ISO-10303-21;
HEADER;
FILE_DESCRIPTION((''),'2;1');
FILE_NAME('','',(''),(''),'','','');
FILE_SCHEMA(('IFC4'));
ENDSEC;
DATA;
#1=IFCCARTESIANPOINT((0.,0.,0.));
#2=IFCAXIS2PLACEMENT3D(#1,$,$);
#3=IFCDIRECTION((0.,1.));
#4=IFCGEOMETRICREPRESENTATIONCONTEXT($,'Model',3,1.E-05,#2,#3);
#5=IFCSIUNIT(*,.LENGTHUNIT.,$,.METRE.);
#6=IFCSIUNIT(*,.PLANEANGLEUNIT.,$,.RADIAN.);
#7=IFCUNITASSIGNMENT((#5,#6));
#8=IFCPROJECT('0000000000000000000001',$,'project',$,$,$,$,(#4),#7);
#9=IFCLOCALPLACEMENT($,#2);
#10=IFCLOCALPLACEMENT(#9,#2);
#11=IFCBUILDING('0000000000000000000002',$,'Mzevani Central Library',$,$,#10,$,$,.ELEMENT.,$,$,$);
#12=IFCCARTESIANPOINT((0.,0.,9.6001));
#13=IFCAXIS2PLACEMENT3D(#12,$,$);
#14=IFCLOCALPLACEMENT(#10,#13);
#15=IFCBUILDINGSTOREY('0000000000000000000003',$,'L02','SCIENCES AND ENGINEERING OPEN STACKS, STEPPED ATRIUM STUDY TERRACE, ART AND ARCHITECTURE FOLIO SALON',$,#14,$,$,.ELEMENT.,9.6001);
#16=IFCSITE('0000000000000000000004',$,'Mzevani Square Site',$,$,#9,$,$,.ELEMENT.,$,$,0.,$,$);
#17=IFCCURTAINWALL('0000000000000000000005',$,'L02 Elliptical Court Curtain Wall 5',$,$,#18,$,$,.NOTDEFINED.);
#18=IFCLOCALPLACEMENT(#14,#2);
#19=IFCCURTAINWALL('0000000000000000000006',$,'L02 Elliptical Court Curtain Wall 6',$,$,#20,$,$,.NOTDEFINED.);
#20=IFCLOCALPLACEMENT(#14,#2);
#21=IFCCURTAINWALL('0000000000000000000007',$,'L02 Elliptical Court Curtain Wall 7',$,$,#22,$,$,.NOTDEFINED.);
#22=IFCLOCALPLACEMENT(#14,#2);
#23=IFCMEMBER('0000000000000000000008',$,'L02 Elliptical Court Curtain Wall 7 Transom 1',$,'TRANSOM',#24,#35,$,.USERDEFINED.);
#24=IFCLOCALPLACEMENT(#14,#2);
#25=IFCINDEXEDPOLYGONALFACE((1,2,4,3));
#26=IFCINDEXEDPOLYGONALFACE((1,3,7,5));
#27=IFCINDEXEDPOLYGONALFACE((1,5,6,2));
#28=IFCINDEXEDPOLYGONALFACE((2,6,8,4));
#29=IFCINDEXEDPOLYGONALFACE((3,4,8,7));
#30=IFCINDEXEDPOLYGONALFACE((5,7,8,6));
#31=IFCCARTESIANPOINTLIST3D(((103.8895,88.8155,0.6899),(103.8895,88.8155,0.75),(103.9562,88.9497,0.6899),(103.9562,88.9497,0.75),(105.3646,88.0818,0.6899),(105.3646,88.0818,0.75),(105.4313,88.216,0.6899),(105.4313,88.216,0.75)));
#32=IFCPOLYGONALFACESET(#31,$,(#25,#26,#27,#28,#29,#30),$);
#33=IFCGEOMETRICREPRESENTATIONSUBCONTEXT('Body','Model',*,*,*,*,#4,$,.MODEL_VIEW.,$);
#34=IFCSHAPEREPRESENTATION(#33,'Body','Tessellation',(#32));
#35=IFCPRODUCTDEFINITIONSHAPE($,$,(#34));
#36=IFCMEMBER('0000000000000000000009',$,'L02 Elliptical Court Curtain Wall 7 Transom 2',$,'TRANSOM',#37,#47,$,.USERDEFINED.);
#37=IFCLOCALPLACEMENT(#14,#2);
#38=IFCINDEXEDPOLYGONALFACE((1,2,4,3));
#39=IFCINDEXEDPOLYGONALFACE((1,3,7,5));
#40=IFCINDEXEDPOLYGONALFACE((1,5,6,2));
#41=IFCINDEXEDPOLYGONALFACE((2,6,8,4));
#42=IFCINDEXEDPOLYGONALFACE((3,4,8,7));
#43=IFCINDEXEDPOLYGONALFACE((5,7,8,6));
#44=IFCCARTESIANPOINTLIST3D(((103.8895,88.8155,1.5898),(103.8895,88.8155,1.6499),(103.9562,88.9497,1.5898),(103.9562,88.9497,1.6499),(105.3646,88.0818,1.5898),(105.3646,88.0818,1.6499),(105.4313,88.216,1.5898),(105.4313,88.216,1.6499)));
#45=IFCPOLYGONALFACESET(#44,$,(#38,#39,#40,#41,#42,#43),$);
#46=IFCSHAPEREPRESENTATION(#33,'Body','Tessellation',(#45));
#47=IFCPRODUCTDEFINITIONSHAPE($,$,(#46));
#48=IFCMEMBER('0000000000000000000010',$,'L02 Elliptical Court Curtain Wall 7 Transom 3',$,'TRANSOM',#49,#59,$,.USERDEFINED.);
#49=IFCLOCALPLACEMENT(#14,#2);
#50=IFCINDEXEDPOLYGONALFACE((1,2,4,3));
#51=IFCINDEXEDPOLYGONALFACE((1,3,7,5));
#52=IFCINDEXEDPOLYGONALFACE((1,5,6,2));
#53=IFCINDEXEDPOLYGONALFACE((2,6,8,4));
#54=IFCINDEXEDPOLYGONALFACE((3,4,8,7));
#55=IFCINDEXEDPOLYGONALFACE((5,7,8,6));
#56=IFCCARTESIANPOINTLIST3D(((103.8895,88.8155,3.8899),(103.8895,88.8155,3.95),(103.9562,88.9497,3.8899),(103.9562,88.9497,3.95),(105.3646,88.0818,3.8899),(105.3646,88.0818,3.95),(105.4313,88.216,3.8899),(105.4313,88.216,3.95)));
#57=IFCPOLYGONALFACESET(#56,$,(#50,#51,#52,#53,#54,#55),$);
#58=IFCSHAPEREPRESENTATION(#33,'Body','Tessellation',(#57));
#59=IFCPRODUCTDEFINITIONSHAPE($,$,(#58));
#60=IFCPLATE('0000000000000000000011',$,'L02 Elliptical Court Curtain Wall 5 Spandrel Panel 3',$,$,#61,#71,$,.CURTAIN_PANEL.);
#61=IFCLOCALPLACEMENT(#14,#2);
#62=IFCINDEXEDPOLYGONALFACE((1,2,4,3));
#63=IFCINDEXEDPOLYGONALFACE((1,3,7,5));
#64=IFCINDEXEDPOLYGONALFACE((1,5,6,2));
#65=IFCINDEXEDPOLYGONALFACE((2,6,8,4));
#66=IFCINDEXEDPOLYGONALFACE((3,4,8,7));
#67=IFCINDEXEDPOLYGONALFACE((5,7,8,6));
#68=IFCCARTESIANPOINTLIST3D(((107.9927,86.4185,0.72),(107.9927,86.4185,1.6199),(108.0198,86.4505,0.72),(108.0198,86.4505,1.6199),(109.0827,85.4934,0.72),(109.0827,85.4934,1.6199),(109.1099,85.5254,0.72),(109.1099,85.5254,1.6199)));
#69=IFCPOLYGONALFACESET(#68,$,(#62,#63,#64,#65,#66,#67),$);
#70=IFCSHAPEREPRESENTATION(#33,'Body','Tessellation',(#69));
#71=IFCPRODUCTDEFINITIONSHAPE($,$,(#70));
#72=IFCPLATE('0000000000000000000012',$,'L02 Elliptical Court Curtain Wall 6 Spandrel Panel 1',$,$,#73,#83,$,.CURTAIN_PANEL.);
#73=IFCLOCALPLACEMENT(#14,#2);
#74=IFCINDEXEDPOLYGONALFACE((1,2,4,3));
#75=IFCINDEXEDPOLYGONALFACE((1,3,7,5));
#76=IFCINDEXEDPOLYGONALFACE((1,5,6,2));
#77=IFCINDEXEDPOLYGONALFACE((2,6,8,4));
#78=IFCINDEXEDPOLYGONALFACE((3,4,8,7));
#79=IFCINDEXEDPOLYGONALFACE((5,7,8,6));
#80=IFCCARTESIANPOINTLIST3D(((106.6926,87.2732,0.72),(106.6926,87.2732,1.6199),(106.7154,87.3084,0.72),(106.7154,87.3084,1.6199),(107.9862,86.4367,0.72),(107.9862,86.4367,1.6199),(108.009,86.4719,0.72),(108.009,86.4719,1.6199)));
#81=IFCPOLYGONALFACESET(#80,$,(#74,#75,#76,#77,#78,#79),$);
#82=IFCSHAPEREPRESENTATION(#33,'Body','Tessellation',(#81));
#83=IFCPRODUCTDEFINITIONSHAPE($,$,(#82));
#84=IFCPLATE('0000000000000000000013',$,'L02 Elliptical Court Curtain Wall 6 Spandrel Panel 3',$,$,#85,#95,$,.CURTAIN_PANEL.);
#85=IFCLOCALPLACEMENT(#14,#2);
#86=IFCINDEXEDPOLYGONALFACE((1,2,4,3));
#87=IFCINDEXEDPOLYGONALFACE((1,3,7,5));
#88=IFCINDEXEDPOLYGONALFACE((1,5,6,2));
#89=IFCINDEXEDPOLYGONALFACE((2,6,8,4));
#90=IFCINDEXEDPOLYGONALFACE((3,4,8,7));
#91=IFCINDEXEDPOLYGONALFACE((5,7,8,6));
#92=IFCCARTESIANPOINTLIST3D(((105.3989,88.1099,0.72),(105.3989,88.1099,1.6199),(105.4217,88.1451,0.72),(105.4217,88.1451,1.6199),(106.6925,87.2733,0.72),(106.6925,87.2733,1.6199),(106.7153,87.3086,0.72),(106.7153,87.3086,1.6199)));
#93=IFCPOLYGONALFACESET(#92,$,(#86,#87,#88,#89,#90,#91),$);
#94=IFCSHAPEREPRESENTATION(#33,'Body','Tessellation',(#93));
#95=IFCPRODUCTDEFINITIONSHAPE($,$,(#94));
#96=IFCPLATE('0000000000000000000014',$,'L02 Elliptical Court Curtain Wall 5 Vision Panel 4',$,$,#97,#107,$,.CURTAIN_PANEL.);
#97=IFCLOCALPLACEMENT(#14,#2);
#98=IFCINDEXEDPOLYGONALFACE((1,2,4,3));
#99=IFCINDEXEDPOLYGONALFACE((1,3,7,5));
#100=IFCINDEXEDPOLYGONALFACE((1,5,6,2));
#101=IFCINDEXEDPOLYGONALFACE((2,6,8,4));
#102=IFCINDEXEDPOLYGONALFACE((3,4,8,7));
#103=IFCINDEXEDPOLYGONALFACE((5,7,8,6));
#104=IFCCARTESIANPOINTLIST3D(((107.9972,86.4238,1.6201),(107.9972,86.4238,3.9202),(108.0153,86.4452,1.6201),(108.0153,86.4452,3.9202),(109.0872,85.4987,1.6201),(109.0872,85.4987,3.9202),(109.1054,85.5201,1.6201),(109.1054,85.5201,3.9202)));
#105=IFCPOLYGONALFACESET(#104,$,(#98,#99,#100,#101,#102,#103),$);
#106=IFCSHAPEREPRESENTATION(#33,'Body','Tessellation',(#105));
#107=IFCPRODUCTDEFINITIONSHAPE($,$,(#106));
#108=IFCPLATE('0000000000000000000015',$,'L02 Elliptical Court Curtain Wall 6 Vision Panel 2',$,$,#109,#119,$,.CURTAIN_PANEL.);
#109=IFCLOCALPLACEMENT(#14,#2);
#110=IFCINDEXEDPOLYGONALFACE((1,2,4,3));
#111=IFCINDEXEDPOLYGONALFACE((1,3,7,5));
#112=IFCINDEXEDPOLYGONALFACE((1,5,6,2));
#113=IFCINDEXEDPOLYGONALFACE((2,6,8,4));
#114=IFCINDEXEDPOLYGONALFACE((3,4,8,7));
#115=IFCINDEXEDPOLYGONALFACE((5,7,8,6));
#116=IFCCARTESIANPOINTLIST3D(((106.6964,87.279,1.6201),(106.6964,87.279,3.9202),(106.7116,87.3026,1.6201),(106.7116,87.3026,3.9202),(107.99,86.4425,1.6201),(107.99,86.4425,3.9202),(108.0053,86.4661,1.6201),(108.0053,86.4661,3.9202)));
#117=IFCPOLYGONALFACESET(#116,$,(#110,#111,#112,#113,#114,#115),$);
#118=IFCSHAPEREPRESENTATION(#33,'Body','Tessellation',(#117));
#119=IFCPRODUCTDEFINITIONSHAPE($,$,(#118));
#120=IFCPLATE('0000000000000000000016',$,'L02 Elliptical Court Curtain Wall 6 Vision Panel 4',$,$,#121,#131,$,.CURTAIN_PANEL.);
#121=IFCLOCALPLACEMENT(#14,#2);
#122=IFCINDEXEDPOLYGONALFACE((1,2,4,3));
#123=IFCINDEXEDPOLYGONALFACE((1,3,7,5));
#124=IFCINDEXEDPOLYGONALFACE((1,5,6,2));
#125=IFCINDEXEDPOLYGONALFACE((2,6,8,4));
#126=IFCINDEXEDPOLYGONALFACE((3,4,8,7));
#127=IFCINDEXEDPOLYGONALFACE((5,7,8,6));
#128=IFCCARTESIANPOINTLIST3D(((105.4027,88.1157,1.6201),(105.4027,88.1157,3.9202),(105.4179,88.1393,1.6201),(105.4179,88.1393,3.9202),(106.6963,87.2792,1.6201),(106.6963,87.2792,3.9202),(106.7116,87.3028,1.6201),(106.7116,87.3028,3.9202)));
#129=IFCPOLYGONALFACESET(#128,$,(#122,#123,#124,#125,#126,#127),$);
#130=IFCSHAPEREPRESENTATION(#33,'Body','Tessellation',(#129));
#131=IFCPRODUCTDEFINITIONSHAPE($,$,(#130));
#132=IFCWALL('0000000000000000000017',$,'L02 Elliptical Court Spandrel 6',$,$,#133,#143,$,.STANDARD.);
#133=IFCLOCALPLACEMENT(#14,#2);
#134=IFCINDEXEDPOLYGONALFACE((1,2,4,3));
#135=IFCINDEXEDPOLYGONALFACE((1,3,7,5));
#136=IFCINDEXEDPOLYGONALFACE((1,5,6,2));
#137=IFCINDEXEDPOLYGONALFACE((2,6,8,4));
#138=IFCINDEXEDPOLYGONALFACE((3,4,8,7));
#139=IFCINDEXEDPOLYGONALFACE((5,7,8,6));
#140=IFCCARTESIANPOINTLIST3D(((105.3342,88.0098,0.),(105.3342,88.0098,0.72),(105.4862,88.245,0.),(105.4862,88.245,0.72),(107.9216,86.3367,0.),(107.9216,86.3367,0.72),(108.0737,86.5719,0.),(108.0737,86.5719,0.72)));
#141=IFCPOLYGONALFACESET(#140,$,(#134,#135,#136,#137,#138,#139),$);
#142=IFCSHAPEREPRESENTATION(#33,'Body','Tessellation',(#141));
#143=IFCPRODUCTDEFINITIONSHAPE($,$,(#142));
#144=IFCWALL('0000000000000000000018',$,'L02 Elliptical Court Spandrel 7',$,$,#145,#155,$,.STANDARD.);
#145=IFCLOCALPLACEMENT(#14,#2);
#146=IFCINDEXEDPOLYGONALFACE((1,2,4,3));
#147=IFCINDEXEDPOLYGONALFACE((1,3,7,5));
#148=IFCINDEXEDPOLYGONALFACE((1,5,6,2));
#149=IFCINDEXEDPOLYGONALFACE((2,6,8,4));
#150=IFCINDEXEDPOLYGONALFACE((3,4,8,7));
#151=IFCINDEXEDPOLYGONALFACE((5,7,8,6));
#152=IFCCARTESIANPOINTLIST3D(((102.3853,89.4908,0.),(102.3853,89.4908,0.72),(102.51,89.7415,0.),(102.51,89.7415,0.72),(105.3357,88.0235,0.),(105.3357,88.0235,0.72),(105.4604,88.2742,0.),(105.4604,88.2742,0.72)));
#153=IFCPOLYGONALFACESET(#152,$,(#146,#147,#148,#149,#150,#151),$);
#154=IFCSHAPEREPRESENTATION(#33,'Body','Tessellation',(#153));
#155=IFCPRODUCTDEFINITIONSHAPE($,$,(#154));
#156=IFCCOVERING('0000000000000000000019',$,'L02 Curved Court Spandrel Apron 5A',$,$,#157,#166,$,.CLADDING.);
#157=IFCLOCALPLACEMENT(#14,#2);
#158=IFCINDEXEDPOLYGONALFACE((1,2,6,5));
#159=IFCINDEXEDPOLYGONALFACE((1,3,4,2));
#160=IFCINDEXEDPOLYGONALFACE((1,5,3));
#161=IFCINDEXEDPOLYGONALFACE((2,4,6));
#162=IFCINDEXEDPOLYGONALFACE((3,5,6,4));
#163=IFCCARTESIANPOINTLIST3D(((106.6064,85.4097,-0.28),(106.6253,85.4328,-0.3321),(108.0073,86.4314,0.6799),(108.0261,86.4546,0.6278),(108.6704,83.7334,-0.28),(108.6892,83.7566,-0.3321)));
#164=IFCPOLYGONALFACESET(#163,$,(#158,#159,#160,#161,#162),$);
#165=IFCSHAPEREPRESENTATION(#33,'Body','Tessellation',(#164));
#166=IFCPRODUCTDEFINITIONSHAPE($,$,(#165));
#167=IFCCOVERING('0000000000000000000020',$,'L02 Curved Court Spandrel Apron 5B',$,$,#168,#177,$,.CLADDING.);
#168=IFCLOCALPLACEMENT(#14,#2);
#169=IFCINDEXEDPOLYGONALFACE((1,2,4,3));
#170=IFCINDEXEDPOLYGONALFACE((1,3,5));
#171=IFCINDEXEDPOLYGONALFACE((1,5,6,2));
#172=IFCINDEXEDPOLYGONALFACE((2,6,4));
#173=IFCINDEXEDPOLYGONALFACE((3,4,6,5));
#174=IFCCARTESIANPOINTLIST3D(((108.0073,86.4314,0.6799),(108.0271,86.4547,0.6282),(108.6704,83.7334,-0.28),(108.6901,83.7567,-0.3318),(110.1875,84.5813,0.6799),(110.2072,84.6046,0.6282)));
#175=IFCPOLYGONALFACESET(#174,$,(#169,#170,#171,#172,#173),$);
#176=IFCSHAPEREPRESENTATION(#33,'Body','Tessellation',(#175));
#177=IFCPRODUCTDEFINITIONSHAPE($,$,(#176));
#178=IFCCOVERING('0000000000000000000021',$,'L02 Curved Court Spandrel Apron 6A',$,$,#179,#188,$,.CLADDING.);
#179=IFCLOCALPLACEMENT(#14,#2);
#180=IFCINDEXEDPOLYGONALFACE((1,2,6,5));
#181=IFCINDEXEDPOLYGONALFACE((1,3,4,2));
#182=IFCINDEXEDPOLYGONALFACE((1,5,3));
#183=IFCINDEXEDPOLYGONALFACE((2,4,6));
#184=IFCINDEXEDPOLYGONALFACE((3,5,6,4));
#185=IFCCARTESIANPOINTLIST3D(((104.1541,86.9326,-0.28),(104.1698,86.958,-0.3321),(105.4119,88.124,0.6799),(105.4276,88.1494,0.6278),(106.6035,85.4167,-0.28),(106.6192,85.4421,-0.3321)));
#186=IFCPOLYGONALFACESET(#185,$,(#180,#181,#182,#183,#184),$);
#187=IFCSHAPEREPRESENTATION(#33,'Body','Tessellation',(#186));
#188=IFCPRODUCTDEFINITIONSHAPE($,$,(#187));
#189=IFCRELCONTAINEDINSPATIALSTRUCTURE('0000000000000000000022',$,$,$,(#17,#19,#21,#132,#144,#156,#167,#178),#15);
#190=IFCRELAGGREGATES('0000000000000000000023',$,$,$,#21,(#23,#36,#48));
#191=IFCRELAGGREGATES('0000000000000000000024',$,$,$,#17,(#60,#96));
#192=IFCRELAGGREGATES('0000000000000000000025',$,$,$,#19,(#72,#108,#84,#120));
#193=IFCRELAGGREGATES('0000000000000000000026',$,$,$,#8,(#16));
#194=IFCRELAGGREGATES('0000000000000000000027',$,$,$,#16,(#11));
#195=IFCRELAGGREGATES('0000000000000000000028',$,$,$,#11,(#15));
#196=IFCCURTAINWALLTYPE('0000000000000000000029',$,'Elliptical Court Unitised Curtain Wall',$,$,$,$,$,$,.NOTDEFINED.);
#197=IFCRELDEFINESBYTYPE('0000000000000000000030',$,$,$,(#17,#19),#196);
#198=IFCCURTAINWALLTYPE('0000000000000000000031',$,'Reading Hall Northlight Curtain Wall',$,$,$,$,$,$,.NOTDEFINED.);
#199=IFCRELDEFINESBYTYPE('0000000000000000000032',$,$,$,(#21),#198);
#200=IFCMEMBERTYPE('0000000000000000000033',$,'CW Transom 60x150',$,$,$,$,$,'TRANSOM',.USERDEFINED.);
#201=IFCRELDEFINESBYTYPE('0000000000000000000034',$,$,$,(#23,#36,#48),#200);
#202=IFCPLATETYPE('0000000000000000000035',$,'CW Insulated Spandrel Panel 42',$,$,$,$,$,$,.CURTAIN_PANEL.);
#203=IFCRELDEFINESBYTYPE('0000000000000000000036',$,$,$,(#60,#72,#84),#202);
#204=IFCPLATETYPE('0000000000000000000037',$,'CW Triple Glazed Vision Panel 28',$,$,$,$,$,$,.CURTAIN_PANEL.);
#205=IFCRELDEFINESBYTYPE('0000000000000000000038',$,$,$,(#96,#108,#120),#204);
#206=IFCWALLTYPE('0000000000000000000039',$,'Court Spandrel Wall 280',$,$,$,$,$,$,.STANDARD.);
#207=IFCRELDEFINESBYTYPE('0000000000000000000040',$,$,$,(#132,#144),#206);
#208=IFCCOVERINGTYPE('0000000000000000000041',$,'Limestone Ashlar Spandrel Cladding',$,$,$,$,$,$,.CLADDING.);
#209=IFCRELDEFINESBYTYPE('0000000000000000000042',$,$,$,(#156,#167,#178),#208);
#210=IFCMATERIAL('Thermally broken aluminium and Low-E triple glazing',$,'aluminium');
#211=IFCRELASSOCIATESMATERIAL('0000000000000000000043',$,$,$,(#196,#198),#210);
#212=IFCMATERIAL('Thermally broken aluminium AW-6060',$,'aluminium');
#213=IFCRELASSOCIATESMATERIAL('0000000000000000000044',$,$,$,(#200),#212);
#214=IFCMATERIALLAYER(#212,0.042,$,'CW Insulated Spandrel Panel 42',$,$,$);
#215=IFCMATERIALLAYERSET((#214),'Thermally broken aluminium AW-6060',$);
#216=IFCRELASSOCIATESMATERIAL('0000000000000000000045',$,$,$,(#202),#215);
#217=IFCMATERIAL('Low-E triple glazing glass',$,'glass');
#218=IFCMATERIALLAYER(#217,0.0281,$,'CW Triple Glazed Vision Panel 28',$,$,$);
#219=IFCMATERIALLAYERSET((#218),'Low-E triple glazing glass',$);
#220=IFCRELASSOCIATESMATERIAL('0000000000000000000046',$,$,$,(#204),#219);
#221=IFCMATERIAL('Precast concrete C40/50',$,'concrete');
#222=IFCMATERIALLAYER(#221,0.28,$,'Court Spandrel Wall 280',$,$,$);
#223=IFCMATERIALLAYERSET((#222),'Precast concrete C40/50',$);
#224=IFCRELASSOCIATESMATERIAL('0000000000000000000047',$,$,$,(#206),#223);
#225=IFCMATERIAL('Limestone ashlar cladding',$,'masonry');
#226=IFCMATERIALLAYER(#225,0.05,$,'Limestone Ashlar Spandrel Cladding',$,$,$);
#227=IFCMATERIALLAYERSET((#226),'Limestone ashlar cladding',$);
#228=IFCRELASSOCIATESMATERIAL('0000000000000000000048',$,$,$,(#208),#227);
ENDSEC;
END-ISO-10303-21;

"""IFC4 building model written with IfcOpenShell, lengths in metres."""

from ifc_helpers import new_model, si_unit, direction, frame, frame_2d, origin, origin_2d, place, context, subcontext, project, spatial, polyline, rectangle, outline, extrude, material, layer, layer_set, material_profile, profile_set, type_object, element, aggregate, save


model = new_model("IFC4")

# Units and contexts
model_context = context("Model", 3, precision=1e-05, world=origin(), true_north=direction((0.0, 1.0)))
body_context = subcontext(model_context, "Body", "Model", "MODEL_VIEW")
ifc_project = project(units=[si_unit("LENGTHUNIT", "METRE"), si_unit("PLANEANGLEUNIT", "RADIAN")], contexts=[model_context])

# Site, building, storey
site_placement = place(None, origin())
site = spatial("IfcSite", under=ifc_project, at=site_placement, Name="Mzevani Square Site", CompositionType="ELEMENT", RefElevation=0.0)
building_placement = place(site_placement, origin())
building = spatial("IfcBuilding", under=site, at=building_placement, Name="Mzevani Central Library", CompositionType="ELEMENT")
storey_placement = place(building_placement, frame((0.0, 0.0, 9.6001)))
storey = spatial("IfcBuildingStorey", under=building, at=storey_placement, Name="L02", Description="SCIENCES AND ENGINEERING OPEN STACKS, STEPPED ATRIUM STUDY TERRACE, ART AND ARCHITECTURE FOLIO SALON", CompositionType="ELEMENT", Elevation=9.6001)

# Curtain walls
ifc_material_1 = material(Name="Thermally broken aluminium and Low-E triple glazing", Category="aluminium")
curtain_wall_type_1 = type_object("IfcCurtainWallType", Name="Elliptical Court Unitised Curtain Wall", PredefinedType="NOTDEFINED", material=ifc_material_1)
curtain_wall_1_placement = place(storey_placement, origin())
curtain_wall_1 = element("IfcCurtainWall", 1, at=curtain_wall_1_placement, inside=storey, type_object=curtain_wall_type_1, Name="L02 Elliptical Court Curtain Wall 5", PredefinedType="NOTDEFINED")
ifc_material_2 = material(Name="Thermally broken aluminium AW-6060", Category="aluminium")
curtain_wall_2_placement = place(storey_placement, origin())
curtain_wall_2 = element("IfcCurtainWall", 2, at=curtain_wall_2_placement, inside=storey, type_object=curtain_wall_type_1, Name="L02 Elliptical Court Curtain Wall 6", PredefinedType="NOTDEFINED")

# Curtain wall
curtain_wall_type_2 = type_object("IfcCurtainWallType", Name="Reading Hall Northlight Curtain Wall", PredefinedType="NOTDEFINED", material=ifc_material_1)
curtain_wall_3_placement = place(storey_placement, origin())
curtain_wall_3 = element("IfcCurtainWall", 3, at=curtain_wall_3_placement, inside=storey, type_object=curtain_wall_type_2, Name="L02 Elliptical Court Curtain Wall 7", PredefinedType="NOTDEFINED")

# Members
ifc_material_profile_1 = material_profile(ifc_material_2, rectangle(XDim=0.1499, YDim=0.0601, at=origin_2d()), Name="ALU T60x150")
ifc_profile_set_1 = profile_set([ifc_material_profile_1], Name="Thermally broken aluminium AW-6060")
member_type_1 = type_object("IfcMemberType", Name="CW Transom 60x150", ElementType="TRANSOM", PredefinedType="USERDEFINED", material=ifc_profile_set_1)
member_1_placement = place(storey_placement, frame((105.3979, 88.1489, 0.72), z_axis=(-0.895374, 0.445316, 0.0), x_axis=(-0.445316, -0.895374, 0.0)))
member_1 = element("IfcMember", 4, at=member_1_placement, type_object=member_type_1, Name="L02 Elliptical Court Curtain Wall 7 Transom 1", ObjectType="TRANSOM", PredefinedType="USERDEFINED", context=body_context, shape_type="SweptSolid", body=[
    extrude(rectangle(XDim=0.1499, YDim=0.0601, at=origin_2d()), origin(), (0.0, 0.0, 1.0), 1.6475),
])
member_2_placement = place(storey_placement, frame((105.3979, 88.1489, 1.6199), z_axis=(-0.895374, 0.445316, 0.0), x_axis=(-0.445316, -0.895374, 0.0)))
member_2 = element("IfcMember", 5, at=member_2_placement, type_object=member_type_1, Name="L02 Elliptical Court Curtain Wall 7 Transom 2", ObjectType="TRANSOM", PredefinedType="USERDEFINED", context=body_context, shape_type="SweptSolid", body=[
    extrude(rectangle(XDim=0.1499, YDim=0.0601, at=origin_2d()), origin(), (0.0, 0.0, 1.0), 1.6475),
])
member_3_placement = place(storey_placement, frame((105.3979, 88.1489, 3.9199), z_axis=(-0.895374, 0.445316, 0.0), x_axis=(-0.445316, -0.895374, 0.0)))
member_3 = element("IfcMember", 6, at=member_3_placement, type_object=member_type_1, Name="L02 Elliptical Court Curtain Wall 7 Transom 3", ObjectType="TRANSOM", PredefinedType="USERDEFINED", context=body_context, shape_type="SweptSolid", body=[
    extrude(rectangle(XDim=0.1499, YDim=0.0601, at=origin_2d()), origin(), (0.0, 0.0, 1.0), 1.6475),
])
aggregate(curtain_wall_3, [member_1, member_2, member_3])

# Plates
ifc_layer_1 = layer(ifc_material_2, 0.042, Name="CW Insulated Spandrel Panel 42")
ifc_layer_set_1 = layer_set([ifc_layer_1], Name="Thermally broken aluminium AW-6060")
plate_type_1 = type_object("IfcPlateType", Name="CW Insulated Spandrel Panel 42", PredefinedType="CURTAIN_PANEL", material=ifc_layer_set_1)
plate_1_placement = place(storey_placement, frame((108.5513, 85.9719, 0.72), z_axis=(0.0, 0.0, 1.0), x_axis=(-0.762435, 0.647065, 0.0)))
plate_1 = element("IfcPlate", 7, at=plate_1_placement, type_object=plate_type_1, Name="L02 Elliptical Court Curtain Wall 5 Spandrel Panel 3", PredefinedType="CURTAIN_PANEL", context=body_context, shape_type="SweptSolid", body=[
    extrude(rectangle(XDim=1.4297, YDim=0.042, at=origin_2d()), origin(), (0.0, 0.0, 1.0), 0.8999),
])
plate_2_placement = place(storey_placement, frame((107.3508, 86.8726, 0.72), z_axis=(0.0, 0.0, 1.0), x_axis=(-0.839733, 0.543, 0.0)))
plate_2 = element("IfcPlate", 8, at=plate_2_placement, type_object=plate_type_1, Name="L02 Elliptical Court Curtain Wall 6 Spandrel Panel 1", PredefinedType="CURTAIN_PANEL", context=body_context, shape_type="SweptSolid", body=[
    extrude(rectangle(XDim=1.5405, YDim=0.042, at=origin_2d()), origin(), (0.0, 0.0, 1.0), 0.8999),
])
plate_3_placement = place(storey_placement, frame((106.0571, 87.7092, 0.72), z_axis=(0.0, 0.0, 1.0), x_axis=(-0.839733, 0.543, 0.0)))
plate_3 = element("IfcPlate", 9, at=plate_3_placement, type_object=plate_type_1, Name="L02 Elliptical Court Curtain Wall 6 Spandrel Panel 3", PredefinedType="CURTAIN_PANEL", context=body_context, shape_type="SweptSolid", body=[
    extrude(rectangle(XDim=1.5405, YDim=0.042, at=origin_2d()), origin(), (0.0, 0.0, 1.0), 0.8999),
])
ifc_material_3 = material(Name="Low-E triple glazing glass", Category="glass")
ifc_layer_2 = layer(ifc_material_3, 0.0281, Name="CW Triple Glazed Vision Panel 28")
ifc_layer_set_2 = layer_set([ifc_layer_2], Name="Low-E triple glazing glass")
plate_type_2 = type_object("IfcPlateType", Name="CW Triple Glazed Vision Panel 28", PredefinedType="CURTAIN_PANEL", material=ifc_layer_set_2)
plate_4_placement = place(storey_placement, frame((108.5513, 85.9719, 1.6201), z_axis=(0.0, 0.0, 1.0), x_axis=(-0.762435, 0.647065, 0.0)))
plate_4 = element("IfcPlate", 10, at=plate_4_placement, type_object=plate_type_2, Name="L02 Elliptical Court Curtain Wall 5 Vision Panel 4", PredefinedType="CURTAIN_PANEL", context=body_context, shape_type="SweptSolid", body=[
    extrude(rectangle(XDim=1.4297, YDim=0.0281, at=origin_2d()), origin(), (0.0, 0.0, 1.0), 2.3),
])
aggregate(curtain_wall_1, [plate_1, plate_4])
plate_5_placement = place(storey_placement, frame((107.3508, 86.8726, 1.6201), z_axis=(0.0, 0.0, 1.0), x_axis=(-0.839733, 0.543, 0.0)))
plate_5 = element("IfcPlate", 11, at=plate_5_placement, type_object=plate_type_2, Name="L02 Elliptical Court Curtain Wall 6 Vision Panel 2", PredefinedType="CURTAIN_PANEL", context=body_context, shape_type="SweptSolid", body=[
    extrude(rectangle(XDim=1.5405, YDim=0.0281, at=origin_2d()), origin(), (0.0, 0.0, 1.0), 2.3),
])
plate_6_placement = place(storey_placement, frame((106.0571, 87.7092, 1.6201), z_axis=(0.0, 0.0, 1.0), x_axis=(-0.839733, 0.543, 0.0)))
plate_6 = element("IfcPlate", 12, at=plate_6_placement, type_object=plate_type_2, Name="L02 Elliptical Court Curtain Wall 6 Vision Panel 4", PredefinedType="CURTAIN_PANEL", context=body_context, shape_type="SweptSolid", body=[
    extrude(rectangle(XDim=1.5405, YDim=0.0281, at=origin_2d()), origin(), (0.0, 0.0, 1.0), 2.3),
])
aggregate(curtain_wall_2, [plate_2, plate_5, plate_3, plate_6])

# Walls
ifc_material_4 = material(Name="Precast concrete C40/50", Category="concrete")
ifc_layer_3 = layer(ifc_material_4, 0.28, Name="Court Spandrel Wall 280")
ifc_layer_set_3 = layer_set([ifc_layer_3], Name="Precast concrete C40/50")
wall_type = type_object("IfcWallType", Name="Court Spandrel Wall 280", PredefinedType="STANDARD", material=ifc_layer_set_3)
wall_1_placement = place(storey_placement, frame((107.9976, 86.4543, 0.0), z_axis=(0.0, 0.0, 1.0), x_axis=(-0.839734, 0.542998, 0.0)))
element("IfcWall", 13, at=wall_1_placement, inside=storey, type_object=wall_type, Name="L02 Elliptical Court Spandrel 6", PredefinedType="STANDARD", context=body_context, shape_type="SweptSolid", body=[
    extrude(rectangle(XDim=3.0813, YDim=0.28, at=frame_2d((1.5405, 0.0))), origin(), (0.0, 0.0, 1.0), 0.72),
])
wall_2_placement = place(storey_placement, frame((105.3979, 88.1489, 0.0), z_axis=(0.0, 0.0, 1.0), x_axis=(-0.895388, 0.445286, 0.0)))
element("IfcWall", 14, at=wall_2_placement, inside=storey, type_object=wall_type, Name="L02 Elliptical Court Spandrel 7", PredefinedType="STANDARD", context=body_context, shape_type="SweptSolid", body=[
    extrude(rectangle(XDim=3.2952, YDim=0.28, at=frame_2d((1.6475, 0.0))), origin(), (0.0, 0.0, 1.0), 0.72),
])

# Coverings
ifc_material_5 = material(Name="Limestone ashlar cladding", Category="masonry")
ifc_layer_4 = layer(ifc_material_5, 0.05, Name="Limestone Ashlar Spandrel Cladding")
ifc_layer_set_4 = layer_set([ifc_layer_4], Name="Limestone ashlar cladding")
covering_type = type_object("IfcCoveringType", Name="Limestone Ashlar Spandrel Cladding", PredefinedType="CLADDING", material=ifc_layer_set_4)
covering_1_placement = place(storey_placement, frame((108.6704, 83.7334, -0.28), z_axis=(-0.313297, -0.385758, 0.867776), x_axis=(-0.776243, 0.630434, 0.0)))
element("IfcCovering", 15, at=covering_1_placement, inside=storey, type_object=covering_type, Name="L02 Curved Court Spandrel Apron 5A", PredefinedType="CLADDING", context=body_context, shape_type="SweptSolid", body=[
    extrude(outline(polyline([(0.0, 0.0), (2.6589, 0.0), (2.2156, -1.9317), (0.0, 0.0)])), origin(), (0.0, 0.0, -1.0), 0.0601),
])
covering_2_placement = place(storey_placement, frame((108.6704, 83.7334, -0.28), z_axis=(-0.328631, -0.387262, 0.861412), x_axis=(-0.225581, 0.917856, 0.326578)))
element("IfcCovering", 16, at=covering_2_placement, inside=storey, type_object=covering_type, Name="L02 Curved Court Spandrel Apron 5B", PredefinedType="CLADDING", context=body_context, shape_type="SweptSolid", body=[
    extrude(outline(polyline([(0.0, 0.0), (2.9395, 0.0), (0.7495, -1.8385), (0.0, 0.0)])), origin(), (0.0, 0.0, -1.0), 0.0601),
])
covering_3_placement = place(storey_placement, frame((106.6035, 85.4167, -0.28), z_axis=(-0.261665, -0.42282, 0.867614), x_axis=(-0.850337, 0.526238, 0.0)))
element("IfcCovering", 17, at=covering_3_placement, inside=storey, type_object=covering_type, Name="L02 Curved Court Spandrel Apron 6A", PredefinedType="CLADDING", context=body_context, shape_type="SweptSolid", body=[
    extrude(outline(polyline([(0.0, 0.0), (2.8806, 0.0), (2.438, -1.9306), (0.0, 0.0)])), origin(), (0.0, 0.0, -1.0), 0.0601),
])

save(model, "model.ifc")
